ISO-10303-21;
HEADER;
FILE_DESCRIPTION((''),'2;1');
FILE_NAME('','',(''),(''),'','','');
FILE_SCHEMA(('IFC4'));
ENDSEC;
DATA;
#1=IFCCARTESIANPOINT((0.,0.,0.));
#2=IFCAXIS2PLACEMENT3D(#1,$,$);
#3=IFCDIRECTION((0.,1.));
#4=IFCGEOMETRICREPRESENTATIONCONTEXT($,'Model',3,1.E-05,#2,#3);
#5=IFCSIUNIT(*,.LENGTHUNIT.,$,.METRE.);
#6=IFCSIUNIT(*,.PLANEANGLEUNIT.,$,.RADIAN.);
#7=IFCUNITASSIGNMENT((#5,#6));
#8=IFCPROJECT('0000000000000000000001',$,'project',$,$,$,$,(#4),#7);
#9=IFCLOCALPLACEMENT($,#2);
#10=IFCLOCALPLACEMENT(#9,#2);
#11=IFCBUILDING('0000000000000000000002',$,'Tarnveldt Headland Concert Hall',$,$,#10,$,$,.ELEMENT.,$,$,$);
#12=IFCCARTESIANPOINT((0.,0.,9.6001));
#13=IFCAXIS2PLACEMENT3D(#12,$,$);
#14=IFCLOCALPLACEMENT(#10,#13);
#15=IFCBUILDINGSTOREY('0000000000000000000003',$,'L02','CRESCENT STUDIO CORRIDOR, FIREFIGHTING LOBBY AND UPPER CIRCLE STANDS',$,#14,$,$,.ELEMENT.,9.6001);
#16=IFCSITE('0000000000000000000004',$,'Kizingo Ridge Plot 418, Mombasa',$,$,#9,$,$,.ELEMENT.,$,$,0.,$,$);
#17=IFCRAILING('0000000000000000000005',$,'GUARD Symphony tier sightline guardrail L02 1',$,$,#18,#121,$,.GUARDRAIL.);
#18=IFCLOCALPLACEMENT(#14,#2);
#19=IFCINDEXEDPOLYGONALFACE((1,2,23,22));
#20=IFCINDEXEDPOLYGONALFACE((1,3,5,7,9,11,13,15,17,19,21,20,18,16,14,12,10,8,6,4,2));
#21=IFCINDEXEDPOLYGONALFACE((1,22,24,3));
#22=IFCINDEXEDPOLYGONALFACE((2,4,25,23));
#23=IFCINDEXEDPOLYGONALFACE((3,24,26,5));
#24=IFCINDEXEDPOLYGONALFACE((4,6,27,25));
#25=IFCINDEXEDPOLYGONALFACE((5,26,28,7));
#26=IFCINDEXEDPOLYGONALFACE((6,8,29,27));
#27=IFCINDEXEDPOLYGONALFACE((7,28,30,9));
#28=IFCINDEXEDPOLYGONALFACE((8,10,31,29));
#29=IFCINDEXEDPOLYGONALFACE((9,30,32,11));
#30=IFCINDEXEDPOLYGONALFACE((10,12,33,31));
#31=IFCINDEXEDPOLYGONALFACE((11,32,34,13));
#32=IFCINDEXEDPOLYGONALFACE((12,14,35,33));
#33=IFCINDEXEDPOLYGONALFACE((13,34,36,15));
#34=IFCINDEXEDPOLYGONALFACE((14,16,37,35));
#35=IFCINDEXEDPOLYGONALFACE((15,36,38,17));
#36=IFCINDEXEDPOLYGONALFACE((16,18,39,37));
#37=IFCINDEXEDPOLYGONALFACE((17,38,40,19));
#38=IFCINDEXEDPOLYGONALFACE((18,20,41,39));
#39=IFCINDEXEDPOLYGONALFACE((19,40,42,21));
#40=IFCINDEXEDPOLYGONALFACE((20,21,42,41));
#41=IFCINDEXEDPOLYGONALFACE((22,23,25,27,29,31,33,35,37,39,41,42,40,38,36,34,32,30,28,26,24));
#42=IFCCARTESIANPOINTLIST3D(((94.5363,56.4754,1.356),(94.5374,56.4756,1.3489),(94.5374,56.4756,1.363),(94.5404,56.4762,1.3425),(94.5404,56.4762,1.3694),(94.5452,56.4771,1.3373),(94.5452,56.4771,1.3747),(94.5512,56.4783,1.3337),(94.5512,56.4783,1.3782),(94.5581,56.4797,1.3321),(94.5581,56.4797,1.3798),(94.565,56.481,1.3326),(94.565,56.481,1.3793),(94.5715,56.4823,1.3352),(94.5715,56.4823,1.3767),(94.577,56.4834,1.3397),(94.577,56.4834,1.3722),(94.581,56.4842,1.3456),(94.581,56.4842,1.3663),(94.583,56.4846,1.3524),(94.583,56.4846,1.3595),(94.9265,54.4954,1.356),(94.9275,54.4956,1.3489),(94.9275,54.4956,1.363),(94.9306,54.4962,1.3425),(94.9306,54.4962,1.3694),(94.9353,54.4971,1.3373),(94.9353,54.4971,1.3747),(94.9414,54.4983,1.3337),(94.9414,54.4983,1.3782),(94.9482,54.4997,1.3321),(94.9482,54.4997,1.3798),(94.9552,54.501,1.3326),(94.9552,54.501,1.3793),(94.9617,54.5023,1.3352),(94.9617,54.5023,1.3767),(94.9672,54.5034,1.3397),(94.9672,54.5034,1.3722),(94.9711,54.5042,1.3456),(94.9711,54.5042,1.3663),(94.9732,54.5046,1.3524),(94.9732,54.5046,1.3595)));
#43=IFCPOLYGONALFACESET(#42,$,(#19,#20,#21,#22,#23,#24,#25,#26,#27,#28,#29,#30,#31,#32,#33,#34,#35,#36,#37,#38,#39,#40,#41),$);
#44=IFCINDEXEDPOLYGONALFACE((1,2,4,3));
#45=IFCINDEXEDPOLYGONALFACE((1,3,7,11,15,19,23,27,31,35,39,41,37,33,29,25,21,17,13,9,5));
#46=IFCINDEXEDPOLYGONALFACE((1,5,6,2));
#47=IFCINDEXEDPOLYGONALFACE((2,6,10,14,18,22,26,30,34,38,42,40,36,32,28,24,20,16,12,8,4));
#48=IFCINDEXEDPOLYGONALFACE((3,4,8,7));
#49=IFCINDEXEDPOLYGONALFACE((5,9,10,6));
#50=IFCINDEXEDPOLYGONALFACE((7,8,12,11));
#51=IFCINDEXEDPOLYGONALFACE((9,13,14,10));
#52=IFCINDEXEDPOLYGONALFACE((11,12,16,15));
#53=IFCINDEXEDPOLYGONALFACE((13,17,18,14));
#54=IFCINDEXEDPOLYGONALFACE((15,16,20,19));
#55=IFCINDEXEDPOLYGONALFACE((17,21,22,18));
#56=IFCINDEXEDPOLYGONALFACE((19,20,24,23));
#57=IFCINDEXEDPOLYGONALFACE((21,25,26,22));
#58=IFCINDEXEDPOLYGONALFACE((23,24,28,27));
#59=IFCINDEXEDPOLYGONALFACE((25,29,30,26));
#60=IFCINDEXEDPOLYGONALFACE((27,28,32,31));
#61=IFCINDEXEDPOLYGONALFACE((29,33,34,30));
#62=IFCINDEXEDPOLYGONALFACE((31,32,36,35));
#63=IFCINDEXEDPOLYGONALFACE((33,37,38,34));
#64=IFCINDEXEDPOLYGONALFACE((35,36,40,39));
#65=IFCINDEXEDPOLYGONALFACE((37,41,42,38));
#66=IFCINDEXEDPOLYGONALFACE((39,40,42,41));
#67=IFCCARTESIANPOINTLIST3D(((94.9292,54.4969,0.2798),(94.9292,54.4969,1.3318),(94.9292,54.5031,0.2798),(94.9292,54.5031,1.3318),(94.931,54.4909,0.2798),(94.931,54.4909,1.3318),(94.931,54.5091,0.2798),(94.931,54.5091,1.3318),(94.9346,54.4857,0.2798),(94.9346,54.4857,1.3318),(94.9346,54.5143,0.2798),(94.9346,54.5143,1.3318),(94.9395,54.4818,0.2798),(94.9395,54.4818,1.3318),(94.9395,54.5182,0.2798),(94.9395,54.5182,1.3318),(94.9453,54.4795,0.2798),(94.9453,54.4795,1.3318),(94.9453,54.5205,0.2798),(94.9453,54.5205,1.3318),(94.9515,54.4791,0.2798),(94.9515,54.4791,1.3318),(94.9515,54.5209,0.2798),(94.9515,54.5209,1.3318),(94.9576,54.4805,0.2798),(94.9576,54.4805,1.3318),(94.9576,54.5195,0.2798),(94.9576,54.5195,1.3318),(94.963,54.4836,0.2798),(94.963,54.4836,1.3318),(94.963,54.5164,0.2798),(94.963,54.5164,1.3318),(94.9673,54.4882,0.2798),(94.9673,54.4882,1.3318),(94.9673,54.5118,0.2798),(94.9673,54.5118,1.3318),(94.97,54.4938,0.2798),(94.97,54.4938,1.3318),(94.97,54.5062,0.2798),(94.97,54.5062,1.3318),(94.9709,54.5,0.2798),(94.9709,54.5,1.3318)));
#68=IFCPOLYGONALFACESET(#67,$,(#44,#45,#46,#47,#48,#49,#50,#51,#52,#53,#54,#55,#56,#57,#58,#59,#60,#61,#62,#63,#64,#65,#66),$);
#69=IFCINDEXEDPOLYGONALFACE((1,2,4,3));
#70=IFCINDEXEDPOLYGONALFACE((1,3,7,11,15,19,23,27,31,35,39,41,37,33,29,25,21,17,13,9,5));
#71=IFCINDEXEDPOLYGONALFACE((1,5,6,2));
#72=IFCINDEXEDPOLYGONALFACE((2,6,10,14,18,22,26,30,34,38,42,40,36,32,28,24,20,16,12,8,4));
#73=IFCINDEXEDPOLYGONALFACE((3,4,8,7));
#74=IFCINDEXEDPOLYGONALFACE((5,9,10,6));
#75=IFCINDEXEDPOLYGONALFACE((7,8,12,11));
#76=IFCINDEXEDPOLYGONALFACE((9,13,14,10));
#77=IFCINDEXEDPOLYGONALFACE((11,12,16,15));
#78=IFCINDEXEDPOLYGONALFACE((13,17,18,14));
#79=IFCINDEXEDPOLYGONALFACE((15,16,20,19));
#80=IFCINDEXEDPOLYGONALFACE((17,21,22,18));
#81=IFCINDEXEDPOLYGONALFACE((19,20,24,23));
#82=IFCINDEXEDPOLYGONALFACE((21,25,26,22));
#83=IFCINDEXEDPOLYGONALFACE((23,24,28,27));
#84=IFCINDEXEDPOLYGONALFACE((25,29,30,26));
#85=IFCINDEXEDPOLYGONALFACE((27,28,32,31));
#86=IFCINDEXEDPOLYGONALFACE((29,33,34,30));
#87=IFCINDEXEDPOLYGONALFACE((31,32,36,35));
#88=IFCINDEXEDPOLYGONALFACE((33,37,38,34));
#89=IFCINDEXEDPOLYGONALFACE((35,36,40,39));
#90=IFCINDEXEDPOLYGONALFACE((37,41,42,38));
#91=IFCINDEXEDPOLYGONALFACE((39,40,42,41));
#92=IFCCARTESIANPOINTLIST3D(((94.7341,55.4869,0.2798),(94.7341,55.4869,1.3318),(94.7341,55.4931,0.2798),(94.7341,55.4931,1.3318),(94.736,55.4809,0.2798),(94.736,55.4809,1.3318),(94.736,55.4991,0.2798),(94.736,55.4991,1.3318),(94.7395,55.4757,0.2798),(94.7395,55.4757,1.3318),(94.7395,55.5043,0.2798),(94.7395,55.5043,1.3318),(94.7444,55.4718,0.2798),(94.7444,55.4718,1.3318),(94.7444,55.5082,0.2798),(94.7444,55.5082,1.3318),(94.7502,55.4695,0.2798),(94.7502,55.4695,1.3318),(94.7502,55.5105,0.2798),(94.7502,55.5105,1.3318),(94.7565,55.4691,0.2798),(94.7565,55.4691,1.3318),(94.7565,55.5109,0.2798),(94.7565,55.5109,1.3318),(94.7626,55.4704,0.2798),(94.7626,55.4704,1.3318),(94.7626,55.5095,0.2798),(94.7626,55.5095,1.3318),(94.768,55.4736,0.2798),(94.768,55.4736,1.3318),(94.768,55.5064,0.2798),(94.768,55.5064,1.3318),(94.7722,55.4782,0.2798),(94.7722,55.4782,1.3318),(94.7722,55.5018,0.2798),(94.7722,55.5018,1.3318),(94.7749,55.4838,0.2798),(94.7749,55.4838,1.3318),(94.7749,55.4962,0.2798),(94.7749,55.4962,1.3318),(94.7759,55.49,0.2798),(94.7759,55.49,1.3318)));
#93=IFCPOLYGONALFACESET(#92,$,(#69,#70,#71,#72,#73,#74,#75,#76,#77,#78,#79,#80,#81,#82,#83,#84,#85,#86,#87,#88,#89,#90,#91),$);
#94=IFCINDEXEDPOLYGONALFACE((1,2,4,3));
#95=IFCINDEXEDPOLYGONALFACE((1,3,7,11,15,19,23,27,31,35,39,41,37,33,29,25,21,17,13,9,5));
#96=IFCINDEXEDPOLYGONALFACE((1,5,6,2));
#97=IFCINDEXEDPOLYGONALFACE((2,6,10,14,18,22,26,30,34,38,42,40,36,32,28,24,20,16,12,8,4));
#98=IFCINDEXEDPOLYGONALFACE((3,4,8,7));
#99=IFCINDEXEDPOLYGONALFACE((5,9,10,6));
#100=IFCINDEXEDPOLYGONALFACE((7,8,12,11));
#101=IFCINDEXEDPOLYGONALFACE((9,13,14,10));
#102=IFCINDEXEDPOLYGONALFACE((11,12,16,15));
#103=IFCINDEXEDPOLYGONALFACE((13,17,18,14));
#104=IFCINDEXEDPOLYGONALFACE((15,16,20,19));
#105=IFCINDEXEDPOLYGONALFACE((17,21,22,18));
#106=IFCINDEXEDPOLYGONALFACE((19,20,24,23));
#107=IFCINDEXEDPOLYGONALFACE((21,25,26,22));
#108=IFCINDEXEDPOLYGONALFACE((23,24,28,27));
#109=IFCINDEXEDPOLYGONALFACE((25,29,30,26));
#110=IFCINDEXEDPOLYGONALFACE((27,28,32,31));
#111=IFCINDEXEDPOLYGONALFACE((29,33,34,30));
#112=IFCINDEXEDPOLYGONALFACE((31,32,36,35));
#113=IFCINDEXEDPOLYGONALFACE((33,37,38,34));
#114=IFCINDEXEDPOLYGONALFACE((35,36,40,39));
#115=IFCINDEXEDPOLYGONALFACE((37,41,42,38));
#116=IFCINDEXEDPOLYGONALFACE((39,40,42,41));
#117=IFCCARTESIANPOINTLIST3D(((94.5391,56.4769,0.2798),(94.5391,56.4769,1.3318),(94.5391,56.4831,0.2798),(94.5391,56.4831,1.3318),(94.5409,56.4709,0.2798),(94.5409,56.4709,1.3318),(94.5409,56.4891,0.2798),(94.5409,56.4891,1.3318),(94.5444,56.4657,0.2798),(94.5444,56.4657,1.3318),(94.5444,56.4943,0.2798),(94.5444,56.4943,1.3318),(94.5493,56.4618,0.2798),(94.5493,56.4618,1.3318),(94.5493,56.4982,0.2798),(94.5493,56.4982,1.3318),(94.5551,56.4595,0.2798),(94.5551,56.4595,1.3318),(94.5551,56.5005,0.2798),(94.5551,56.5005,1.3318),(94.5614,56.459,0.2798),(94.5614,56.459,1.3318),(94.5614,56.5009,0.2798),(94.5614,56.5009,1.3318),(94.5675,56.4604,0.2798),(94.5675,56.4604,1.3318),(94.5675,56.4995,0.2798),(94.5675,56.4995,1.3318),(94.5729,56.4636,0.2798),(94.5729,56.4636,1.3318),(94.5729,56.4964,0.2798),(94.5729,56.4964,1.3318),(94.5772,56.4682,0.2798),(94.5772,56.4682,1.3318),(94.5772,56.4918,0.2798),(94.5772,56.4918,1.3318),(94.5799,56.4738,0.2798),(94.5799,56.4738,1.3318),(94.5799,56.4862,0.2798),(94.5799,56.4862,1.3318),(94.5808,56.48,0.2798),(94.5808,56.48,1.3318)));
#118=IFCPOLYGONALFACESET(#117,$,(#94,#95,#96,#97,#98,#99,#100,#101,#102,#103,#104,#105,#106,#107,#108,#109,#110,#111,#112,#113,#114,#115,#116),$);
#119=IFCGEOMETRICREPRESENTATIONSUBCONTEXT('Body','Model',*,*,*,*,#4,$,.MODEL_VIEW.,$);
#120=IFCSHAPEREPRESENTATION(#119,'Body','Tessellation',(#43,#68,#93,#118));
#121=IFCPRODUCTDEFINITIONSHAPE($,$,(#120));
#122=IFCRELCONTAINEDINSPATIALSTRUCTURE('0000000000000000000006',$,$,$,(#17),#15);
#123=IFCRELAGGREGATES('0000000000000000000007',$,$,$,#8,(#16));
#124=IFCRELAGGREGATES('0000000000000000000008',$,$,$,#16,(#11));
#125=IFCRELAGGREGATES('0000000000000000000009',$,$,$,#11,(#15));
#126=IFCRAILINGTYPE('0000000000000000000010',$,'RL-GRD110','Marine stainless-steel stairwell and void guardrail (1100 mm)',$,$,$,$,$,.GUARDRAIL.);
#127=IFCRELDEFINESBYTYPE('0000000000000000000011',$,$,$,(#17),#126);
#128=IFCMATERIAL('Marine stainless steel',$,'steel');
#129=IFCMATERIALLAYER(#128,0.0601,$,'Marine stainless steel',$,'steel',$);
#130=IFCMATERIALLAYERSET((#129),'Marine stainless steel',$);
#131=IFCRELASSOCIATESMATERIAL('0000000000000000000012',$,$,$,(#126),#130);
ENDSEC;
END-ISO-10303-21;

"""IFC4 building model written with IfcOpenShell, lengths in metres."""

from ifc_helpers import new_model, si_unit, direction, frame, origin, origin_2d, place, context, subcontext, project, spatial, circle, extrude, material, layer, layer_set, type_object, element, save


model = new_model("IFC4")

# Units and contexts
model_context = context("Model", 3, precision=1e-05, world=origin(), true_north=direction((0.0, 1.0)))
body_context = subcontext(model_context, "Body", "Model", "MODEL_VIEW")
ifc_project = project(units=[si_unit("LENGTHUNIT", "METRE"), si_unit("PLANEANGLEUNIT", "RADIAN")], contexts=[model_context])

# Site, building, storey
site_placement = place(None, origin())
site = spatial("IfcSite", under=ifc_project, at=site_placement, Name="Kizingo Ridge Plot 418, Mombasa", CompositionType="ELEMENT", RefElevation=0.0)
building_placement = place(site_placement, origin())
building = spatial("IfcBuilding", under=site, at=building_placement, Name="Tarnveldt Headland Concert Hall", CompositionType="ELEMENT")
storey_placement = place(building_placement, frame((0.0, 0.0, 9.6001)))
storey = spatial("IfcBuildingStorey", under=building, at=storey_placement, Name="L02", Description="CRESCENT STUDIO CORRIDOR, FIREFIGHTING LOBBY AND UPPER CIRCLE STANDS", CompositionType="ELEMENT", Elevation=9.6001)

# Railing
ifc_material_1 = material(Name="Marine stainless steel", Category="steel")
ifc_layer = layer(ifc_material_1, 0.0601, Name="Marine stainless steel", Category="steel")
ifc_layer_set = layer_set([ifc_layer], Name="Marine stainless steel")
railing_type = type_object("IfcRailingType", Name="RL-GRD110", Description="Marine stainless-steel stairwell and void guardrail (1100 mm)", PredefinedType="GUARDRAIL", material=ifc_layer_set)
railing_1_placement = place(storey_placement, frame((94.95, 54.5, 0.2798)))
element("IfcRailing", 1, at=railing_1_placement, inside=storey, type_object=railing_type, Name="GUARD Symphony tier sightline guardrail L02 1", PredefinedType="GUARDRAIL", context=body_context, shape_type="SweptSolid", body=[
    extrude(circle(Radius=0.0239, at=origin_2d()), frame((0.0, 0.0, 1.0762), z_axis=(-0.193324, 0.981135, 0.0), x_axis=(-0.981135, -0.193324, 0.0)), (0.0, 0.0, 1.0), 2.0181),
    extrude(circle(Radius=0.021, at=origin_2d()), origin(), (0.0, 0.0, 1.0), 1.052),
    extrude(circle(Radius=0.021, at=origin_2d()), frame((-0.1951, 0.99, 0.0)), (0.0, 0.0, 1.0), 1.052),
    extrude(circle(Radius=0.021, at=origin_2d()), frame((-0.3901, 1.98, 0.0)), (0.0, 0.0, 1.0), 1.052),
])

save(model, "model.ifc")
